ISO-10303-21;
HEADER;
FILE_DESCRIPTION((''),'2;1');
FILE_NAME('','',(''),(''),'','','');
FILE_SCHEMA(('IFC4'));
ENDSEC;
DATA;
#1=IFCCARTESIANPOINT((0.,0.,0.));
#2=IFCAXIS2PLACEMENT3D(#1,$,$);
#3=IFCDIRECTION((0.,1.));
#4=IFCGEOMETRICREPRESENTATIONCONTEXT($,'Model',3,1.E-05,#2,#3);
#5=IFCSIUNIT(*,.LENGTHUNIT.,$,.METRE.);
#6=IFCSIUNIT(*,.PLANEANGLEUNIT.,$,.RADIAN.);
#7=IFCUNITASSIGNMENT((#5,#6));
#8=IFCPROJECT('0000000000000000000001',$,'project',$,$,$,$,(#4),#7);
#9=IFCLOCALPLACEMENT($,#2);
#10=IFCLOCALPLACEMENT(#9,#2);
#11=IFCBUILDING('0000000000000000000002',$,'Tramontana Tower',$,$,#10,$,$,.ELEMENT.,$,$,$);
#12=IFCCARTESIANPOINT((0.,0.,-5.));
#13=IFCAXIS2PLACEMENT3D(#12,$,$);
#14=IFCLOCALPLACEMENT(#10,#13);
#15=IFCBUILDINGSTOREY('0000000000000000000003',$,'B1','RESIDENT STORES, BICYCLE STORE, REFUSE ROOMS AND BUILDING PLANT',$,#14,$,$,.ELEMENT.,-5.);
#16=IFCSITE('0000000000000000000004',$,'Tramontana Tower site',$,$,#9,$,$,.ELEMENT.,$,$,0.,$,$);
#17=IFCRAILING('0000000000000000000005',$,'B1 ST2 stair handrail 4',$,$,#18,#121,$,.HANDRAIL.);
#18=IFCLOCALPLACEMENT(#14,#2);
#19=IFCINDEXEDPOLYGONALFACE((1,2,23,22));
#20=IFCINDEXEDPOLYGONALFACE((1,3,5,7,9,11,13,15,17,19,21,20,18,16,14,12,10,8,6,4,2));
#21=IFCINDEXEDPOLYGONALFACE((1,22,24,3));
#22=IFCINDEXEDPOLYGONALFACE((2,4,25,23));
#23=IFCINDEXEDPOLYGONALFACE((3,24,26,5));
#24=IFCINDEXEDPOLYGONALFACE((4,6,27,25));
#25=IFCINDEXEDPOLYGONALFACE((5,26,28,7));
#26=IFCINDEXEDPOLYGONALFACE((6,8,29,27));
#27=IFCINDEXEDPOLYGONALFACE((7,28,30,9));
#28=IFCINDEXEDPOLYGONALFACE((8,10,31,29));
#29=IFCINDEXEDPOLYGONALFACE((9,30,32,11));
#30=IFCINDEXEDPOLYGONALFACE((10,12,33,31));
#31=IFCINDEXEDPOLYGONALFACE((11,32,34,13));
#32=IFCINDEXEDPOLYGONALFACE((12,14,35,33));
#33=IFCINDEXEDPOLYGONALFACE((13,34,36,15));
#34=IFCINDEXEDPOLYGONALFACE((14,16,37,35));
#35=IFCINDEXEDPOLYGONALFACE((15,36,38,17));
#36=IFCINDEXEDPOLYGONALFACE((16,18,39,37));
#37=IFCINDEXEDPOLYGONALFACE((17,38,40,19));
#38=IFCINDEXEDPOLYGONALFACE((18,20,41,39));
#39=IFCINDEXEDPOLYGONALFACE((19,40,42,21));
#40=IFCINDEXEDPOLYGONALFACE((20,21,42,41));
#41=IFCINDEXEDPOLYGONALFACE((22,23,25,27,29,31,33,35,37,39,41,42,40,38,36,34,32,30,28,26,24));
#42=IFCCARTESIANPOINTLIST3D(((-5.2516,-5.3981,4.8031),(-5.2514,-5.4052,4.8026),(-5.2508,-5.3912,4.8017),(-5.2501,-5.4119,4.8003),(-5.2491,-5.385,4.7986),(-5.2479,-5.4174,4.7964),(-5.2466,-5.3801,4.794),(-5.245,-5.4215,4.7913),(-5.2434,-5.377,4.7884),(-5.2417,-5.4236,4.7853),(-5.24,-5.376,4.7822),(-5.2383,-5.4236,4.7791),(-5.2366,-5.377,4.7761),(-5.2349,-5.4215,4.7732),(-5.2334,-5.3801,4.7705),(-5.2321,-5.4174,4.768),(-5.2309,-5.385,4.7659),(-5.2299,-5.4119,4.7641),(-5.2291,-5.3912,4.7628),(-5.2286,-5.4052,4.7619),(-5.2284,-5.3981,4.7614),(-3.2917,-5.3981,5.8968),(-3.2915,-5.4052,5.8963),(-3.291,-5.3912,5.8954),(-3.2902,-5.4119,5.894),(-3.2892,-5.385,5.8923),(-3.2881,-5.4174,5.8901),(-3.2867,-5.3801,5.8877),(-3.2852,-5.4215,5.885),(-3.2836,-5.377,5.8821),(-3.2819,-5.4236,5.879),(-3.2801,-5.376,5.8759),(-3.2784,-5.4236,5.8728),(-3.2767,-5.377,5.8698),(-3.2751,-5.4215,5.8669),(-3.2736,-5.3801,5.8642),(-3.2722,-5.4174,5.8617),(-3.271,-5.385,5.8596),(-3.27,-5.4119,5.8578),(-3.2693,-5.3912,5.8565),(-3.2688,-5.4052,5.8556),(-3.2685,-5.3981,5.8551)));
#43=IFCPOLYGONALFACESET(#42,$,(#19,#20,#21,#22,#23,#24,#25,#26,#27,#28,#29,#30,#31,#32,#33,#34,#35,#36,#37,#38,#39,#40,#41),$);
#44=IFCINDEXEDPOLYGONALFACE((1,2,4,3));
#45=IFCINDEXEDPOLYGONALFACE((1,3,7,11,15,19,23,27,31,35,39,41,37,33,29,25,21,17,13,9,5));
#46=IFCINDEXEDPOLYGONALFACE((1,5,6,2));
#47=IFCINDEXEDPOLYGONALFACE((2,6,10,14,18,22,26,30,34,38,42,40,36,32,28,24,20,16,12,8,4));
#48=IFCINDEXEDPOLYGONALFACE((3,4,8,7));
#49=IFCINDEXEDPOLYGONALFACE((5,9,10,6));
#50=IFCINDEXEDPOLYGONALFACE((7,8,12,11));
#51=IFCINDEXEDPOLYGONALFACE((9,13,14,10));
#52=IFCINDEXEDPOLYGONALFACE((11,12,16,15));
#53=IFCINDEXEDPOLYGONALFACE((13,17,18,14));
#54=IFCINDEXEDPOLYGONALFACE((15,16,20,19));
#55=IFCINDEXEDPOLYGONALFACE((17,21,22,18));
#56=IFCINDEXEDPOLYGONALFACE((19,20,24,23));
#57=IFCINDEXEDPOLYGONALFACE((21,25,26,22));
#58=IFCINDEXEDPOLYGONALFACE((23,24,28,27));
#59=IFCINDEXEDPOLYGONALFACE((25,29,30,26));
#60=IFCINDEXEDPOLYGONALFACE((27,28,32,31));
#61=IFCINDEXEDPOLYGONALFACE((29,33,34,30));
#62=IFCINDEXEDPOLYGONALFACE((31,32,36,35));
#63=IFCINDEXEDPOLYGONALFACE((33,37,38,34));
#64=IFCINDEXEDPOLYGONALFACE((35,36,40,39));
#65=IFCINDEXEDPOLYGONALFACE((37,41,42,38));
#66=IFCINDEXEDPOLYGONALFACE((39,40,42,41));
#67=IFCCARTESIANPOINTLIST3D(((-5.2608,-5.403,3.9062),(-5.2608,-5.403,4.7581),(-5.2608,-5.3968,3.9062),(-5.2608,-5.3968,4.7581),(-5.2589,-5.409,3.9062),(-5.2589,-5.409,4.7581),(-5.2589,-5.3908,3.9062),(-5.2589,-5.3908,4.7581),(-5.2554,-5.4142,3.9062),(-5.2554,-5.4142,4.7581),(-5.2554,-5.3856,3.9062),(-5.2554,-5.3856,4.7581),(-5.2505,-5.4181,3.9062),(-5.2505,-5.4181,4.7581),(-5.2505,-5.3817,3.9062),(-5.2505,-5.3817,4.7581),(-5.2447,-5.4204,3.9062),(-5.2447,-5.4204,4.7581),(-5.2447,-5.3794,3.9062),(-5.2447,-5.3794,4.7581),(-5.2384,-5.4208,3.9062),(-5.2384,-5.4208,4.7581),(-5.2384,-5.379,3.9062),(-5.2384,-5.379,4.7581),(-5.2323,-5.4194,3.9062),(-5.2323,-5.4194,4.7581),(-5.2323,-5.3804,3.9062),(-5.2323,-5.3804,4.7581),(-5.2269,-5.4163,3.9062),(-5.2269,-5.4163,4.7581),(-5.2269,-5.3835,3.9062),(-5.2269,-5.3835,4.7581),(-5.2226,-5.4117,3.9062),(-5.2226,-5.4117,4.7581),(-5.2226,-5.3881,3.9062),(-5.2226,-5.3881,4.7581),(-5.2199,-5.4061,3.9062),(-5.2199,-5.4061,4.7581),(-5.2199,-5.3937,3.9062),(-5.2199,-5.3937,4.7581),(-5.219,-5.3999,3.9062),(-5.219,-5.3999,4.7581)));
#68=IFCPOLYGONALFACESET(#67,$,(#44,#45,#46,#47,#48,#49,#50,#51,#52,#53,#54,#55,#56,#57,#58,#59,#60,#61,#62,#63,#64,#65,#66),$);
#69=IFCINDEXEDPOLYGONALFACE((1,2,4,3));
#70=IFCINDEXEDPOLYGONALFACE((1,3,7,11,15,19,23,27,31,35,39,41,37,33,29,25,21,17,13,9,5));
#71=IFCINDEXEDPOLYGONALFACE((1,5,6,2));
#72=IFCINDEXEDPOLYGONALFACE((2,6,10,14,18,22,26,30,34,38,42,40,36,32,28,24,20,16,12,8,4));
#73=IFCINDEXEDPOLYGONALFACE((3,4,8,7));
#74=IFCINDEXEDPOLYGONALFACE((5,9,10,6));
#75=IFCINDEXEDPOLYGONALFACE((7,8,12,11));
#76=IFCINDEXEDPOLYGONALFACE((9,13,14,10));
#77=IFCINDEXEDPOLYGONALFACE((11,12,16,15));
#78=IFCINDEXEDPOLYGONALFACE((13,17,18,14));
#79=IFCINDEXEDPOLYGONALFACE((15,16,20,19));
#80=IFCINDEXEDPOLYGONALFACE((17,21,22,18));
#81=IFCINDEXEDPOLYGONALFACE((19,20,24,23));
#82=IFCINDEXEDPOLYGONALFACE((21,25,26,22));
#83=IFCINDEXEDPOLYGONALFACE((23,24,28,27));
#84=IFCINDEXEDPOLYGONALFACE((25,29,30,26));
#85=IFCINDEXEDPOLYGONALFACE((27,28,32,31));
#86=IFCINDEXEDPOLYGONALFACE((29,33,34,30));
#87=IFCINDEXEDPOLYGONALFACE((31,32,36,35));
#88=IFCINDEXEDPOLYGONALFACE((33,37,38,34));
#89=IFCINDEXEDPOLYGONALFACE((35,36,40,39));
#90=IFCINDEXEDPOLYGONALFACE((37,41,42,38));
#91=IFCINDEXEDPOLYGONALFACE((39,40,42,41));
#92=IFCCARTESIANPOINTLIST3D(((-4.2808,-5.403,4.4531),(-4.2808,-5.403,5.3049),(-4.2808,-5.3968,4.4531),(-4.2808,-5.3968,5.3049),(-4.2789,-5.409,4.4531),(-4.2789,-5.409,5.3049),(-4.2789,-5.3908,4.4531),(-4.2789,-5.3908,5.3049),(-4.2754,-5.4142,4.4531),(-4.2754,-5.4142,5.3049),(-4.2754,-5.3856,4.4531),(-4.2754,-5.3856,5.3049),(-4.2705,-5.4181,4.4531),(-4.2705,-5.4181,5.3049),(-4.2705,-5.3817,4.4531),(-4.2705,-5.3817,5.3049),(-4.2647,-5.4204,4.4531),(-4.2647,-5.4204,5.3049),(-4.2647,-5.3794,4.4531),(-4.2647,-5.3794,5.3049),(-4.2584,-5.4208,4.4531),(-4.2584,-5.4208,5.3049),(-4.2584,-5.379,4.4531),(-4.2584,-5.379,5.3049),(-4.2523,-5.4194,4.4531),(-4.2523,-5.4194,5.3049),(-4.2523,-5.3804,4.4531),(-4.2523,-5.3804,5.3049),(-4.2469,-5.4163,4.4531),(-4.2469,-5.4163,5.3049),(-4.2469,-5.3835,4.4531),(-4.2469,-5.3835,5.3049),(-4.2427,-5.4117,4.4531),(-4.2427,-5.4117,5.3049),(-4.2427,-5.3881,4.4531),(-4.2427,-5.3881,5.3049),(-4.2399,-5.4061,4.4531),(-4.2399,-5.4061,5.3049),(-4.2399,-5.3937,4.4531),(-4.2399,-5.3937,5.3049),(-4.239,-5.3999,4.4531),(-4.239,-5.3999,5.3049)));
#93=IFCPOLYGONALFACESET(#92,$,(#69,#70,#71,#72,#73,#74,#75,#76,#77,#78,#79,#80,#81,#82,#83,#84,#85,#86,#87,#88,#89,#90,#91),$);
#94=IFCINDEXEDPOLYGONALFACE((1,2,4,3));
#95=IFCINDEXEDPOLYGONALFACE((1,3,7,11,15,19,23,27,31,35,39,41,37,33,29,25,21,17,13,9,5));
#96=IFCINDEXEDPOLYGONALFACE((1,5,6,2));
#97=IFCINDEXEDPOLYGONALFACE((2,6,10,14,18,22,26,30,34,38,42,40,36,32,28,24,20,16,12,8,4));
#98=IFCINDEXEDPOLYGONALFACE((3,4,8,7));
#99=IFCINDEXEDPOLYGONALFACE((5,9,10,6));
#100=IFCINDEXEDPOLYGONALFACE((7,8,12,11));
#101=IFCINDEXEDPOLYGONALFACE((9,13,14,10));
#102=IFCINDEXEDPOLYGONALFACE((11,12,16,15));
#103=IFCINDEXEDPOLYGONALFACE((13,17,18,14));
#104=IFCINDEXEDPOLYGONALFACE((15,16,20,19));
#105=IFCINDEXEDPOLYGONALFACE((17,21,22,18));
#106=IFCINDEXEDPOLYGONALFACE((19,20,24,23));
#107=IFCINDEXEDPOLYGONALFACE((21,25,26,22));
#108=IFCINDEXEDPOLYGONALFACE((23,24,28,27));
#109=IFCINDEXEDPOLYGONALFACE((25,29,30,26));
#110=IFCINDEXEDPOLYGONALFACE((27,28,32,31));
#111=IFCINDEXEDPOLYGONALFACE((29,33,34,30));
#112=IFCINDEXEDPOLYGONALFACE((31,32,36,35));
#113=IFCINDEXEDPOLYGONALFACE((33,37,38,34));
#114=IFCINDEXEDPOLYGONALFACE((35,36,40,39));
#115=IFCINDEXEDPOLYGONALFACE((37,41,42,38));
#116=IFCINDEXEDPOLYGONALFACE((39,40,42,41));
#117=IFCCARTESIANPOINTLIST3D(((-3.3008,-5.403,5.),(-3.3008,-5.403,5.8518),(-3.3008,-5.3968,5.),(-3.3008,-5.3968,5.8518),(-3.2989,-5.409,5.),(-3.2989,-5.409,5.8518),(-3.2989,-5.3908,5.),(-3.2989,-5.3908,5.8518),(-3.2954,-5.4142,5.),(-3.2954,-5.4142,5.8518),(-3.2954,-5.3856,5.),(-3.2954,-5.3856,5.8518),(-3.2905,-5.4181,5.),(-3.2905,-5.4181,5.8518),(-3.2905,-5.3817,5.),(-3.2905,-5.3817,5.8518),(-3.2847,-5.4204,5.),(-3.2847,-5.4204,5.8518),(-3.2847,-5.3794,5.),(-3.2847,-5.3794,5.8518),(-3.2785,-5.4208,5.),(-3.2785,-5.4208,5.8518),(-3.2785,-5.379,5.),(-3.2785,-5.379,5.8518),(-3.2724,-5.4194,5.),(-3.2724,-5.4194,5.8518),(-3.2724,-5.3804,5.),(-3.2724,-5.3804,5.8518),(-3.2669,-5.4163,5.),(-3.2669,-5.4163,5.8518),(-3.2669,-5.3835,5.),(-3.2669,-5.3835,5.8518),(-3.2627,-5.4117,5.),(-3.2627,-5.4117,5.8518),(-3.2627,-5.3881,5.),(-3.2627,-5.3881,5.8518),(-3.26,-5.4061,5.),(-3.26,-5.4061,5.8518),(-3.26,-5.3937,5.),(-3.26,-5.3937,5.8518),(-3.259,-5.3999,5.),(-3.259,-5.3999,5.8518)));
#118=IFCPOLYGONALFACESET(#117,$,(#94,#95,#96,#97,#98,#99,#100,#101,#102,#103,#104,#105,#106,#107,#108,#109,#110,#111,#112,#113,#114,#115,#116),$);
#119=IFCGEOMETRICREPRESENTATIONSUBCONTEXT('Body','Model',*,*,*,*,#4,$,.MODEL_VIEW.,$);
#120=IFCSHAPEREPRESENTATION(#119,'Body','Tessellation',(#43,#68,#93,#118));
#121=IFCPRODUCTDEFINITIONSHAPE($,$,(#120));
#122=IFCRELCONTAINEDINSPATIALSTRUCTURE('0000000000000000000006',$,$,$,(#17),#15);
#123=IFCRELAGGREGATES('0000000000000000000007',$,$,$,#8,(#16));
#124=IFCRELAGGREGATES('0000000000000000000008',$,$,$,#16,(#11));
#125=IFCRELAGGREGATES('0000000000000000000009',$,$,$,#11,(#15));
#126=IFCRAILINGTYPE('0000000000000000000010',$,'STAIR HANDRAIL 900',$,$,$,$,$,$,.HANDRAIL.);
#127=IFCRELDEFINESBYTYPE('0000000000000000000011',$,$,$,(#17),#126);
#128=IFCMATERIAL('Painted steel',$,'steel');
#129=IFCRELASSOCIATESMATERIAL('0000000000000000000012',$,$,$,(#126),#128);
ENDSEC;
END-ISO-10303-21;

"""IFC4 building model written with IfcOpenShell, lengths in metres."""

from ifc_helpers import new_model, si_unit, direction, frame, origin, origin_2d, place, context, subcontext, project, spatial, circle, extrude, material, type_object, element, save


model = new_model("IFC4")

# Units and contexts
model_context = context("Model", 3, precision=1e-05, world=origin(), true_north=direction((0.0, 1.0)))
body_context = subcontext(model_context, "Body", "Model", "MODEL_VIEW")
ifc_project = project(units=[si_unit("LENGTHUNIT", "METRE"), si_unit("PLANEANGLEUNIT", "RADIAN")], contexts=[model_context])

# Site, building, storey
site_placement = place(None, origin())
site = spatial("IfcSite", under=ifc_project, at=site_placement, Name="Tramontana Tower site", CompositionType="ELEMENT", RefElevation=0.0)
building_placement = place(site_placement, origin())
building = spatial("IfcBuilding", under=site, at=building_placement, Name="Tramontana Tower", CompositionType="ELEMENT")
storey_placement = place(building_placement, frame((0.0, 0.0, -5.0)))
storey = spatial("IfcBuildingStorey", under=building, at=storey_placement, Name="B1", Description="RESIDENT STORES, BICYCLE STORE, REFUSE ROOMS AND BUILDING PLANT", CompositionType="ELEMENT", Elevation=-5.0)

# Railing
ifc_material_1 = material(Name="Painted steel", Category="steel")
railing_type_1 = type_object("IfcRailingType", Name="STAIR HANDRAIL 900", PredefinedType="HANDRAIL", material=ifc_material_1)
railing_1_placement = place(storey_placement, frame((-5.24, -5.3999, 3.9062)))
element("IfcRailing", 1, at=railing_1_placement, inside=storey, type_object=railing_type_1, Name="B1 ST2 stair handrail 4", PredefinedType="HANDRAIL", context=body_context, shape_type="SweptSolid", body=[
    extrude(circle(Radius=0.0239, at=origin_2d()), frame((0.0, 0.0, 0.876), z_axis=(0.873232, 0.0, 0.487304), x_axis=(0.0, 1.0, 0.0)), (0.0, 0.0, 1.0), 2.2444),
    extrude(circle(Radius=0.021, at=origin_2d()), origin(), (0.0, 0.0, 1.0), 0.8518),
    extrude(circle(Radius=0.021, at=origin_2d()), frame((0.98, 0.0, 0.5469)), (0.0, 0.0, 1.0), 0.8518),
    extrude(circle(Radius=0.021, at=origin_2d()), frame((1.96, 0.0, 1.0938)), (0.0, 0.0, 1.0), 0.8518),
])

save(model, "model.ifc")
